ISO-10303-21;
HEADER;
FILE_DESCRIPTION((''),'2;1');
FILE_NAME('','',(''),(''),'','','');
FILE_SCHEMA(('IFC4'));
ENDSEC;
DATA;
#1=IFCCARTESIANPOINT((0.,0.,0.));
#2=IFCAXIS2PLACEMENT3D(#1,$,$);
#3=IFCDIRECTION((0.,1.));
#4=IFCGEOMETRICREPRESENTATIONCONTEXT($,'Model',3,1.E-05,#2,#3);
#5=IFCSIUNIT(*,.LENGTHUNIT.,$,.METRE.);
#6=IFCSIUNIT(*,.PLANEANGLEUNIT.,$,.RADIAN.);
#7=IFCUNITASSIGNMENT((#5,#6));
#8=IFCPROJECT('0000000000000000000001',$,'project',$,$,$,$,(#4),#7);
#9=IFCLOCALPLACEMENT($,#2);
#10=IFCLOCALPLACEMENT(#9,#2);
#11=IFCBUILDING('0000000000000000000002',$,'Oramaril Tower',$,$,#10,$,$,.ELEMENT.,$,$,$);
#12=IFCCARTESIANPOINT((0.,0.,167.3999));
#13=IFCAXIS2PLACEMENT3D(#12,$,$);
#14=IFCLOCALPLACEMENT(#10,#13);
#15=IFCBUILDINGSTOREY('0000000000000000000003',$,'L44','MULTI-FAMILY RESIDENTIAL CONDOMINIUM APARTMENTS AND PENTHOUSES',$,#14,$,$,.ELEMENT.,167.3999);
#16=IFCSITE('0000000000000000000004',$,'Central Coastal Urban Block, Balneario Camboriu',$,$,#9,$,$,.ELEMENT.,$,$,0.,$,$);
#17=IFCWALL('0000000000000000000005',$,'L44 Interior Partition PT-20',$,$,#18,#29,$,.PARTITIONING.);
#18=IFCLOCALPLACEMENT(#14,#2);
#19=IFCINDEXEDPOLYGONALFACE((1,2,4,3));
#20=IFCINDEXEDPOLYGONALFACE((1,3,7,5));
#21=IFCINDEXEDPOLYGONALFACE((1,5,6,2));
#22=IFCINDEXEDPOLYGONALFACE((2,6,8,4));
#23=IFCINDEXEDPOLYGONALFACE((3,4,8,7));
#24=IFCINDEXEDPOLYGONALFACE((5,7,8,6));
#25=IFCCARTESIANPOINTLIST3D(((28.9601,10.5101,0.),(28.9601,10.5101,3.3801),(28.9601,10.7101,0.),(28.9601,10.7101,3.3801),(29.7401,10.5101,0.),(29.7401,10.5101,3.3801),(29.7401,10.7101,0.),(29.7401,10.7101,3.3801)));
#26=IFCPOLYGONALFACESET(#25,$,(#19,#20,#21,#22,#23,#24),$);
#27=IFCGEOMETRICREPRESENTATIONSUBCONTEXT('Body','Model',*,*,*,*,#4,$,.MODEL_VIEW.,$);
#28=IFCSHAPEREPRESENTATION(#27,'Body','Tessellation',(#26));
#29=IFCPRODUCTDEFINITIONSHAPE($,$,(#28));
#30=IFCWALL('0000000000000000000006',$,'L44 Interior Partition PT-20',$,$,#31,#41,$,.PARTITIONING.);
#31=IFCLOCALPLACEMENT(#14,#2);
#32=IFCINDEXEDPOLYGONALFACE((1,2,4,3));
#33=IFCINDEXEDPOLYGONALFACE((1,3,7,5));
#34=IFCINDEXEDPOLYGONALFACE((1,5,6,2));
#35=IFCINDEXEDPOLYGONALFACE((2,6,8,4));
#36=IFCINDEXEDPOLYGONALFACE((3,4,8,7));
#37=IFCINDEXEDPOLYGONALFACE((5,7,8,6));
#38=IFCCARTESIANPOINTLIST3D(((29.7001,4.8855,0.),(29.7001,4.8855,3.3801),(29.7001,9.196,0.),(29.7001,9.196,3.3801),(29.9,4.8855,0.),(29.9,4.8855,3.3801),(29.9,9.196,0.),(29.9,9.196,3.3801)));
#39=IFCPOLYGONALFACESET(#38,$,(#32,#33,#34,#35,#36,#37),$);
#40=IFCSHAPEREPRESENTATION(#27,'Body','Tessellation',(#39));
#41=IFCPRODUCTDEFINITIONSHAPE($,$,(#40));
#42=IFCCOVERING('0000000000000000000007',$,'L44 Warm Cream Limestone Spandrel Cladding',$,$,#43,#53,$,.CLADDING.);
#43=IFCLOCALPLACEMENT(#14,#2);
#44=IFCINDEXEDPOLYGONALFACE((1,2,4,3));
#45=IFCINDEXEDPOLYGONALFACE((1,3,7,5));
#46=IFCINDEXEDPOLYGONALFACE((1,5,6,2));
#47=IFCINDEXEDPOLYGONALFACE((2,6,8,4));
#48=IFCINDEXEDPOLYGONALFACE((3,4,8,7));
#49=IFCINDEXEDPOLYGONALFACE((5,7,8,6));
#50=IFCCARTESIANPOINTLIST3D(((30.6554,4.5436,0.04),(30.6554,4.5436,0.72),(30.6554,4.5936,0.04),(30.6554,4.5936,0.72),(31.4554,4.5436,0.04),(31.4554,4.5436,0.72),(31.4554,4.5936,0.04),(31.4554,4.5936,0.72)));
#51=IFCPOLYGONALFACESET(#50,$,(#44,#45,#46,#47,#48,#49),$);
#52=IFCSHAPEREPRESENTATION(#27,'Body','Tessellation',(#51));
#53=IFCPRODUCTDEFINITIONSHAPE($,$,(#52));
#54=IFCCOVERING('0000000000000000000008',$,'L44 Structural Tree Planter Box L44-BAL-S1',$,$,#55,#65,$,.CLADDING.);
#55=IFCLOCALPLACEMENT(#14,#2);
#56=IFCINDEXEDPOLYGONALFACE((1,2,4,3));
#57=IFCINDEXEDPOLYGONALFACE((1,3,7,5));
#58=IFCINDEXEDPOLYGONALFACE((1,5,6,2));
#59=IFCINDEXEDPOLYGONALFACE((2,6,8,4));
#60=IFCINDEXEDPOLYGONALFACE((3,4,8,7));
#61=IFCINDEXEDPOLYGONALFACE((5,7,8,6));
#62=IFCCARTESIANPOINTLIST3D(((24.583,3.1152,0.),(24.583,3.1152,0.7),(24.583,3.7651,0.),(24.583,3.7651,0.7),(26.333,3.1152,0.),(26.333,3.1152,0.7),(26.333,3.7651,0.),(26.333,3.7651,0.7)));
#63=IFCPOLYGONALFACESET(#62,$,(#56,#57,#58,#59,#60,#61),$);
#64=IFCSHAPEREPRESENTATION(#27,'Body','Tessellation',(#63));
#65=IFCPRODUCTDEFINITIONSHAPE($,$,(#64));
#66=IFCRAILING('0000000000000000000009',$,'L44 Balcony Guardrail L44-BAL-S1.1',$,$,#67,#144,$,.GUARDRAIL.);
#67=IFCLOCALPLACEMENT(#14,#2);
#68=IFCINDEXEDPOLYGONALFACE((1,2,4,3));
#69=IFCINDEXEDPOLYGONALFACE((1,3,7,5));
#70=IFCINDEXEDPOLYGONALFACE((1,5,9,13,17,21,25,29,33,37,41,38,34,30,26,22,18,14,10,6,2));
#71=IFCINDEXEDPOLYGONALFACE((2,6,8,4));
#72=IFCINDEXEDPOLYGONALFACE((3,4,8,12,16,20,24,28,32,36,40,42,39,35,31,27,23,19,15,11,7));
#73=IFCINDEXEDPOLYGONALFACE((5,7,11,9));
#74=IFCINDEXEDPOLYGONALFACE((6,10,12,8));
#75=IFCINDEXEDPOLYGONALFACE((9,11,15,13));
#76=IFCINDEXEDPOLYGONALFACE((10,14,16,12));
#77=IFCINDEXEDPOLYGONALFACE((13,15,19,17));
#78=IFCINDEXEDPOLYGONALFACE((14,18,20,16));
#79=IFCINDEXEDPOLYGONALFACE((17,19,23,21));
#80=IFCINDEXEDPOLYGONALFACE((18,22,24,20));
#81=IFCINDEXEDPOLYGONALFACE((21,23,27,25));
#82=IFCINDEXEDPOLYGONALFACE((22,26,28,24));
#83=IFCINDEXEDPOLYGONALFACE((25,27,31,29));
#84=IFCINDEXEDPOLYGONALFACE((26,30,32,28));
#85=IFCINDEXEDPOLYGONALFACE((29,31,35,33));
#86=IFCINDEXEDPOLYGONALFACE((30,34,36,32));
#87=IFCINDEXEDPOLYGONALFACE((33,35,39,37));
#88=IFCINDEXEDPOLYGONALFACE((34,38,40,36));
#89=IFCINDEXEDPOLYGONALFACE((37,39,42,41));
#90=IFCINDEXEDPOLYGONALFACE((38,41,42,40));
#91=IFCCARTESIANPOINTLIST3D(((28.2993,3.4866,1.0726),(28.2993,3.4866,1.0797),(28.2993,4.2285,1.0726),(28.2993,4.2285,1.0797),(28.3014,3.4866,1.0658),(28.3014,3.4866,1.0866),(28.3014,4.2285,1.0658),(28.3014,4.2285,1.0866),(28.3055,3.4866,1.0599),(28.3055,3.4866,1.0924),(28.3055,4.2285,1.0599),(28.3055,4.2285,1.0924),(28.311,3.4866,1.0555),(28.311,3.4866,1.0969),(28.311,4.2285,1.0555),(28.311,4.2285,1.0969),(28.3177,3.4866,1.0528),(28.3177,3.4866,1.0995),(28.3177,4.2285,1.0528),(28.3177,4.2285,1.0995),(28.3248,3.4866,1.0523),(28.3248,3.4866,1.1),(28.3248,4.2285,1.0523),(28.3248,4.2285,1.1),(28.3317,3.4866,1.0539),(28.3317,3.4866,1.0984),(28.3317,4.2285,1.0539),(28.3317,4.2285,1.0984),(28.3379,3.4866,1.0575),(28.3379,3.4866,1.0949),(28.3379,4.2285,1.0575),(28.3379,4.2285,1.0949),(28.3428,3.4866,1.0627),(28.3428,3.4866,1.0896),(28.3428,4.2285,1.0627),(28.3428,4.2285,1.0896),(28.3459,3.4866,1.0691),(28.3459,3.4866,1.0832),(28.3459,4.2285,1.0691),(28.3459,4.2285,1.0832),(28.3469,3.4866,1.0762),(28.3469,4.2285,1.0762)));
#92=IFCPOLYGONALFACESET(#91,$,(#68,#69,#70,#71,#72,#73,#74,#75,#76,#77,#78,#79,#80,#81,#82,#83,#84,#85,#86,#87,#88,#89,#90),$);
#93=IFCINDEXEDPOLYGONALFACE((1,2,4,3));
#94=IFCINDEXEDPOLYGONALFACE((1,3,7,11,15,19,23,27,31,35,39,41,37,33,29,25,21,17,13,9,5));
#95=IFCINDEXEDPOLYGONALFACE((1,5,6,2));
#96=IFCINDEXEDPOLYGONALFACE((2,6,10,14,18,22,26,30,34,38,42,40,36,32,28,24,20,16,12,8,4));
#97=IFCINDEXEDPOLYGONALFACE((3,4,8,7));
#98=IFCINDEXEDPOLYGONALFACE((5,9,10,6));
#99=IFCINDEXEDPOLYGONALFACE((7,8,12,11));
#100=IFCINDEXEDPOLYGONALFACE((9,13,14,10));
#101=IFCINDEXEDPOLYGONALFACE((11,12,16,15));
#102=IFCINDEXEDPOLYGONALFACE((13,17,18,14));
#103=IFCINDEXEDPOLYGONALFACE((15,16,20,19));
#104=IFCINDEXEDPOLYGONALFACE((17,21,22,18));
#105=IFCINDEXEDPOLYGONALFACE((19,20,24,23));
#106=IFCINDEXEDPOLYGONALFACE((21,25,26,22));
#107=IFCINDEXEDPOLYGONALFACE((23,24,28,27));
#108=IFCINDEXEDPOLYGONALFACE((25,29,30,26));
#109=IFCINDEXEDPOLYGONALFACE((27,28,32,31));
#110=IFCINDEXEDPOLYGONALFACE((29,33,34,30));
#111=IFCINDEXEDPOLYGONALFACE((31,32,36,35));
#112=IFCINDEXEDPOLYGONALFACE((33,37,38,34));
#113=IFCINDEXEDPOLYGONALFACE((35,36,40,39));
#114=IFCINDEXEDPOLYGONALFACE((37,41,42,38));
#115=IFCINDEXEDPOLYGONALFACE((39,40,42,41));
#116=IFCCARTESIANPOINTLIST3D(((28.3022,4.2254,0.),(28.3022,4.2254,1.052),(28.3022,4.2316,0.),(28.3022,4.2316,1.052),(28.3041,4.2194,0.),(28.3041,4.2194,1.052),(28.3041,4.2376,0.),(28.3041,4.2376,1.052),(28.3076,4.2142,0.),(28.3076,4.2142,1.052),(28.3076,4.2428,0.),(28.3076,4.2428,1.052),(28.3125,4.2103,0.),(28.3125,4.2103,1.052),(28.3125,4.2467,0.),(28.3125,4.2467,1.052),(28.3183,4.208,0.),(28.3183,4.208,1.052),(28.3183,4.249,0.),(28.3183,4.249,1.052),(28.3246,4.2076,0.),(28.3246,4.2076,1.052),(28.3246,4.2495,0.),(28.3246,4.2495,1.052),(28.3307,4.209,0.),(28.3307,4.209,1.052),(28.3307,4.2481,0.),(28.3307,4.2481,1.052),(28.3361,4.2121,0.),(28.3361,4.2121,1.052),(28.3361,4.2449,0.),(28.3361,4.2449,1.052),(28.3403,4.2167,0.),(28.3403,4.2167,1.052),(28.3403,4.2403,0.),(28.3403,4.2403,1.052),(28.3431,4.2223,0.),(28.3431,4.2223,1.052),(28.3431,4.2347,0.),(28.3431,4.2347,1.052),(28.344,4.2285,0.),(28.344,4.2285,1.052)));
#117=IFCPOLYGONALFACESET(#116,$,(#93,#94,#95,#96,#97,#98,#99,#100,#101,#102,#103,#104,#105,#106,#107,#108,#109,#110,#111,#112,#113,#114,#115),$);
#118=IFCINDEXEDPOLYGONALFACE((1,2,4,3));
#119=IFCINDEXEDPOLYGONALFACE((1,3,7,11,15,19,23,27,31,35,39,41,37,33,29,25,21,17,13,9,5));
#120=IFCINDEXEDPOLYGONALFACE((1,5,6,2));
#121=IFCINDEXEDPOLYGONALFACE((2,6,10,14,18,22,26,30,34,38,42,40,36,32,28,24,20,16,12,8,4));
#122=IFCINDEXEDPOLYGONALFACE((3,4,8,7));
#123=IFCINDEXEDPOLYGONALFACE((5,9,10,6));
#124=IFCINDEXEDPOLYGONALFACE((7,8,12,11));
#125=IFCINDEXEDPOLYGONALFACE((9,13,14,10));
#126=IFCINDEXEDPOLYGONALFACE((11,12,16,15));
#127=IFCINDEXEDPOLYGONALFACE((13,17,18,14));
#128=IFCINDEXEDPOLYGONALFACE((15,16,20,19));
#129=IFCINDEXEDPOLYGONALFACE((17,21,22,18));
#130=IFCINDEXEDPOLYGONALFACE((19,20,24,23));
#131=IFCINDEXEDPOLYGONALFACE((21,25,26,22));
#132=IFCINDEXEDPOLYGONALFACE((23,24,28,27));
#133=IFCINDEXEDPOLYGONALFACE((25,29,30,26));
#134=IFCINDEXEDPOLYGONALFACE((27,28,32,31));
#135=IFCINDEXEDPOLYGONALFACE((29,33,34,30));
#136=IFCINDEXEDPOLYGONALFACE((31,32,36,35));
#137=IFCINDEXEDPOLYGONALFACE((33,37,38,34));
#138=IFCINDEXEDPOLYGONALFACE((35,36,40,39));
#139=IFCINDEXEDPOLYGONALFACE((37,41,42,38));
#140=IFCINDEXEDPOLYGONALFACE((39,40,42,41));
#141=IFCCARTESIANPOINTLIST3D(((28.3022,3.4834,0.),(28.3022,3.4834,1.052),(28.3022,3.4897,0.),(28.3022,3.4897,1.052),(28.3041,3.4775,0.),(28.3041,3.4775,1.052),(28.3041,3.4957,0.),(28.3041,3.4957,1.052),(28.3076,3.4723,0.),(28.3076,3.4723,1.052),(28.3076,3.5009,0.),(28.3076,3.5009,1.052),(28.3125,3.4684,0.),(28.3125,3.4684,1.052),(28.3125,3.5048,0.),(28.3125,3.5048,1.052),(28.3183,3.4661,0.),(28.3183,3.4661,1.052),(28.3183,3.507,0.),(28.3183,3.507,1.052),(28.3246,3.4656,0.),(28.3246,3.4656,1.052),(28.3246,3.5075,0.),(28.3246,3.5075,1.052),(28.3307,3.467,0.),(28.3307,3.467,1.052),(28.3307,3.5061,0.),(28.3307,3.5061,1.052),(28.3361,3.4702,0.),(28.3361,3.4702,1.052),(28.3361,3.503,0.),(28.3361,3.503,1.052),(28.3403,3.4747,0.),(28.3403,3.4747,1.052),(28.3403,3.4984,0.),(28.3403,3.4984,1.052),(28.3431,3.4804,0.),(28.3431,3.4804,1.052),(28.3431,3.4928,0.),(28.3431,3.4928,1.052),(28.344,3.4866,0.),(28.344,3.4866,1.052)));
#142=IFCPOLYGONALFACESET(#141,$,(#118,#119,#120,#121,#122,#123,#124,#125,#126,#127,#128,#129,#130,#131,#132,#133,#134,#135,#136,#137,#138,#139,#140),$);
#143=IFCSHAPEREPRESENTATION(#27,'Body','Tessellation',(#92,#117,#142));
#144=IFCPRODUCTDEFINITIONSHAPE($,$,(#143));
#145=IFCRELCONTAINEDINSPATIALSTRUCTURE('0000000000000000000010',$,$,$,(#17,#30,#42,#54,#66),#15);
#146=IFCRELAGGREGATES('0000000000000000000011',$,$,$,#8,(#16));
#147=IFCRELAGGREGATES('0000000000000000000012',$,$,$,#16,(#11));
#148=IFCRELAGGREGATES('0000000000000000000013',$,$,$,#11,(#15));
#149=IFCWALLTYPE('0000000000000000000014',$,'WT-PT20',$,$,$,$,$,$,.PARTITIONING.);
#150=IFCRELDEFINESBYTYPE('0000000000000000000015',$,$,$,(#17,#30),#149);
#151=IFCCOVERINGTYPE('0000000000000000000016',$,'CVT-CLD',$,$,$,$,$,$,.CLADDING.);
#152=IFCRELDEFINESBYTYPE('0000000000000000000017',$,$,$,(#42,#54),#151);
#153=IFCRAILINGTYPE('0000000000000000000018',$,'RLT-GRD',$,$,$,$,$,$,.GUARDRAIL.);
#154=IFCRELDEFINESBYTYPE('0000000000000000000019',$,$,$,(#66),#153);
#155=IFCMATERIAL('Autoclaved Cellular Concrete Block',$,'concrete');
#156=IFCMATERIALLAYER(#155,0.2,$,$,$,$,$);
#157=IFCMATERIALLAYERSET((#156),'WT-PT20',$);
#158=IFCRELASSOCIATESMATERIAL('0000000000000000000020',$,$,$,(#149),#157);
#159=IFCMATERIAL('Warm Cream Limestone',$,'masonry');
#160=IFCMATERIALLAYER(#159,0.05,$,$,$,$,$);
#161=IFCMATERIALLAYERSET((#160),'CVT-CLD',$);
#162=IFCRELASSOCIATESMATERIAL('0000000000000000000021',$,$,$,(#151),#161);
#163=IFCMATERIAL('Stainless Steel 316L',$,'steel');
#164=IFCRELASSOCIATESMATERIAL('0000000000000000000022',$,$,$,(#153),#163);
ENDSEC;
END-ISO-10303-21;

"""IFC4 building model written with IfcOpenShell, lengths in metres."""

from ifc_helpers import new_model, si_unit, direction, frame, frame_2d, origin, origin_2d, place, context, subcontext, project, spatial, rectangle, circle, extrude, material, layer, layer_set, type_object, element, save


model = new_model("IFC4")

# Units and contexts
model_context = context("Model", 3, precision=1e-05, world=origin(), true_north=direction((0.0, 1.0)))
body_context = subcontext(model_context, "Body", "Model", "MODEL_VIEW")
ifc_project = project(units=[si_unit("LENGTHUNIT", "METRE"), si_unit("PLANEANGLEUNIT", "RADIAN")], contexts=[model_context])

# Site, building, storey
site_placement = place(None, origin())
site = spatial("IfcSite", under=ifc_project, at=site_placement, Name="Central Coastal Urban Block, Balneario Camboriu", CompositionType="ELEMENT", RefElevation=0.0)
building_placement = place(site_placement, origin())
building = spatial("IfcBuilding", under=site, at=building_placement, Name="Oramaril Tower", CompositionType="ELEMENT")
storey_placement = place(building_placement, frame((0.0, 0.0, 167.3999)))
storey = spatial("IfcBuildingStorey", under=building, at=storey_placement, Name="L44", Description="MULTI-FAMILY RESIDENTIAL CONDOMINIUM APARTMENTS AND PENTHOUSES", CompositionType="ELEMENT", Elevation=167.3999)

# Shared definitions
ifc_material_1 = material(Name="Autoclaved Cellular Concrete Block", Category="concrete")
ifc_layer_1 = layer(ifc_material_1, 0.2)
ifc_layer_set_1 = layer_set([ifc_layer_1], Name="WT-PT20")
wall_type_1 = type_object("IfcWallType", Name="WT-PT20", PredefinedType="PARTITIONING", material=ifc_layer_set_1)

# Wall
wall_1_placement = place(storey_placement, frame((28.96, 10.6101, 0.0), z_axis=(0.0, 0.0, 1.0), x_axis=(1.0, 0.0, 0.0)))
element("IfcWall", 1, at=wall_1_placement, inside=storey, type_object=wall_type_1, Name="L44 Interior Partition PT-20", PredefinedType="PARTITIONING", context=body_context, shape_type="SweptSolid", body=[
    extrude(rectangle(XDim=0.78, YDim=0.2, at=frame_2d((0.3901, 0.0))), origin(), (0.0, 0.0, 1.0), 3.3801),
])

# Wall
wall_2_placement = place(storey_placement, frame((29.8, 4.8855, 0.0), z_axis=(0.0, 0.0, 1.0), x_axis=(0.0, 1.0, 0.0)))
element("IfcWall", 2, at=wall_2_placement, inside=storey, type_object=wall_type_1, Name="L44 Interior Partition PT-20", PredefinedType="PARTITIONING", context=body_context, shape_type="SweptSolid", body=[
    extrude(rectangle(XDim=4.3105, YDim=0.2, at=frame_2d((2.1553, 0.0))), origin(), (0.0, 0.0, 1.0), 3.3801),
])

# Coverings
ifc_material_2 = material(Name="Warm Cream Limestone", Category="masonry")
ifc_layer_2 = layer(ifc_material_2, 0.05)
ifc_layer_set_2 = layer_set([ifc_layer_2], Name="CVT-CLD")
covering_type = type_object("IfcCoveringType", Name="CVT-CLD", PredefinedType="CLADDING", material=ifc_layer_set_2)
covering_1_placement = place(storey_placement, frame((31.0554, 4.5686, 0.04), z_axis=(0.0, 0.0, 1.0), x_axis=(1.0, 0.0, 0.0)))
element("IfcCovering", 3, at=covering_1_placement, inside=storey, type_object=covering_type, Name="L44 Warm Cream Limestone Spandrel Cladding", PredefinedType="CLADDING", context=body_context, shape_type="SweptSolid", body=[
    extrude(rectangle(XDim=0.8, YDim=0.05, at=origin_2d()), origin(), (0.0, 0.0, 1.0), 0.6799),
])
covering_2_placement = place(storey_placement, frame((25.458, 3.4402, 0.0), z_axis=(0.0, 0.0, 1.0), x_axis=(1.0, 0.0, 0.0)))
element("IfcCovering", 4, at=covering_2_placement, inside=storey, type_object=covering_type, Name="L44 Structural Tree Planter Box L44-BAL-S1", PredefinedType="CLADDING", context=body_context, shape_type="SweptSolid", body=[
    extrude(rectangle(XDim=1.75, YDim=0.6499, at=origin_2d()), origin(), (0.0, 0.0, 1.0), 0.7),
])

# Railing
ifc_material_3 = material(Name="Stainless Steel 316L", Category="steel")
railing_type = type_object("IfcRailingType", Name="RLT-GRD", PredefinedType="GUARDRAIL", material=ifc_material_3)
railing_1_placement = place(storey_placement, frame((28.323, 4.2285, 0.0)))
element("IfcRailing", 5, at=railing_1_placement, inside=storey, type_object=railing_type, Name="L44 Balcony Guardrail L44-BAL-S1.1", PredefinedType="GUARDRAIL", context=body_context, shape_type="SweptSolid", body=[
    extrude(circle(Radius=0.0239, at=origin_2d()), frame((0.0, 0.0, 1.0762), z_axis=(0.0, -1.0, 0.0), x_axis=(1.0, 0.0, 0.0)), (0.0, 0.0, 1.0), 0.7419),
    extrude(circle(Radius=0.021, at=origin_2d()), origin(), (0.0, 0.0, 1.0), 1.052),
    extrude(circle(Radius=0.021, at=origin_2d()), frame((0.0, -0.7419, 0.0)), (0.0, 0.0, 1.0), 1.052),
])

save(model, "model.ifc")
